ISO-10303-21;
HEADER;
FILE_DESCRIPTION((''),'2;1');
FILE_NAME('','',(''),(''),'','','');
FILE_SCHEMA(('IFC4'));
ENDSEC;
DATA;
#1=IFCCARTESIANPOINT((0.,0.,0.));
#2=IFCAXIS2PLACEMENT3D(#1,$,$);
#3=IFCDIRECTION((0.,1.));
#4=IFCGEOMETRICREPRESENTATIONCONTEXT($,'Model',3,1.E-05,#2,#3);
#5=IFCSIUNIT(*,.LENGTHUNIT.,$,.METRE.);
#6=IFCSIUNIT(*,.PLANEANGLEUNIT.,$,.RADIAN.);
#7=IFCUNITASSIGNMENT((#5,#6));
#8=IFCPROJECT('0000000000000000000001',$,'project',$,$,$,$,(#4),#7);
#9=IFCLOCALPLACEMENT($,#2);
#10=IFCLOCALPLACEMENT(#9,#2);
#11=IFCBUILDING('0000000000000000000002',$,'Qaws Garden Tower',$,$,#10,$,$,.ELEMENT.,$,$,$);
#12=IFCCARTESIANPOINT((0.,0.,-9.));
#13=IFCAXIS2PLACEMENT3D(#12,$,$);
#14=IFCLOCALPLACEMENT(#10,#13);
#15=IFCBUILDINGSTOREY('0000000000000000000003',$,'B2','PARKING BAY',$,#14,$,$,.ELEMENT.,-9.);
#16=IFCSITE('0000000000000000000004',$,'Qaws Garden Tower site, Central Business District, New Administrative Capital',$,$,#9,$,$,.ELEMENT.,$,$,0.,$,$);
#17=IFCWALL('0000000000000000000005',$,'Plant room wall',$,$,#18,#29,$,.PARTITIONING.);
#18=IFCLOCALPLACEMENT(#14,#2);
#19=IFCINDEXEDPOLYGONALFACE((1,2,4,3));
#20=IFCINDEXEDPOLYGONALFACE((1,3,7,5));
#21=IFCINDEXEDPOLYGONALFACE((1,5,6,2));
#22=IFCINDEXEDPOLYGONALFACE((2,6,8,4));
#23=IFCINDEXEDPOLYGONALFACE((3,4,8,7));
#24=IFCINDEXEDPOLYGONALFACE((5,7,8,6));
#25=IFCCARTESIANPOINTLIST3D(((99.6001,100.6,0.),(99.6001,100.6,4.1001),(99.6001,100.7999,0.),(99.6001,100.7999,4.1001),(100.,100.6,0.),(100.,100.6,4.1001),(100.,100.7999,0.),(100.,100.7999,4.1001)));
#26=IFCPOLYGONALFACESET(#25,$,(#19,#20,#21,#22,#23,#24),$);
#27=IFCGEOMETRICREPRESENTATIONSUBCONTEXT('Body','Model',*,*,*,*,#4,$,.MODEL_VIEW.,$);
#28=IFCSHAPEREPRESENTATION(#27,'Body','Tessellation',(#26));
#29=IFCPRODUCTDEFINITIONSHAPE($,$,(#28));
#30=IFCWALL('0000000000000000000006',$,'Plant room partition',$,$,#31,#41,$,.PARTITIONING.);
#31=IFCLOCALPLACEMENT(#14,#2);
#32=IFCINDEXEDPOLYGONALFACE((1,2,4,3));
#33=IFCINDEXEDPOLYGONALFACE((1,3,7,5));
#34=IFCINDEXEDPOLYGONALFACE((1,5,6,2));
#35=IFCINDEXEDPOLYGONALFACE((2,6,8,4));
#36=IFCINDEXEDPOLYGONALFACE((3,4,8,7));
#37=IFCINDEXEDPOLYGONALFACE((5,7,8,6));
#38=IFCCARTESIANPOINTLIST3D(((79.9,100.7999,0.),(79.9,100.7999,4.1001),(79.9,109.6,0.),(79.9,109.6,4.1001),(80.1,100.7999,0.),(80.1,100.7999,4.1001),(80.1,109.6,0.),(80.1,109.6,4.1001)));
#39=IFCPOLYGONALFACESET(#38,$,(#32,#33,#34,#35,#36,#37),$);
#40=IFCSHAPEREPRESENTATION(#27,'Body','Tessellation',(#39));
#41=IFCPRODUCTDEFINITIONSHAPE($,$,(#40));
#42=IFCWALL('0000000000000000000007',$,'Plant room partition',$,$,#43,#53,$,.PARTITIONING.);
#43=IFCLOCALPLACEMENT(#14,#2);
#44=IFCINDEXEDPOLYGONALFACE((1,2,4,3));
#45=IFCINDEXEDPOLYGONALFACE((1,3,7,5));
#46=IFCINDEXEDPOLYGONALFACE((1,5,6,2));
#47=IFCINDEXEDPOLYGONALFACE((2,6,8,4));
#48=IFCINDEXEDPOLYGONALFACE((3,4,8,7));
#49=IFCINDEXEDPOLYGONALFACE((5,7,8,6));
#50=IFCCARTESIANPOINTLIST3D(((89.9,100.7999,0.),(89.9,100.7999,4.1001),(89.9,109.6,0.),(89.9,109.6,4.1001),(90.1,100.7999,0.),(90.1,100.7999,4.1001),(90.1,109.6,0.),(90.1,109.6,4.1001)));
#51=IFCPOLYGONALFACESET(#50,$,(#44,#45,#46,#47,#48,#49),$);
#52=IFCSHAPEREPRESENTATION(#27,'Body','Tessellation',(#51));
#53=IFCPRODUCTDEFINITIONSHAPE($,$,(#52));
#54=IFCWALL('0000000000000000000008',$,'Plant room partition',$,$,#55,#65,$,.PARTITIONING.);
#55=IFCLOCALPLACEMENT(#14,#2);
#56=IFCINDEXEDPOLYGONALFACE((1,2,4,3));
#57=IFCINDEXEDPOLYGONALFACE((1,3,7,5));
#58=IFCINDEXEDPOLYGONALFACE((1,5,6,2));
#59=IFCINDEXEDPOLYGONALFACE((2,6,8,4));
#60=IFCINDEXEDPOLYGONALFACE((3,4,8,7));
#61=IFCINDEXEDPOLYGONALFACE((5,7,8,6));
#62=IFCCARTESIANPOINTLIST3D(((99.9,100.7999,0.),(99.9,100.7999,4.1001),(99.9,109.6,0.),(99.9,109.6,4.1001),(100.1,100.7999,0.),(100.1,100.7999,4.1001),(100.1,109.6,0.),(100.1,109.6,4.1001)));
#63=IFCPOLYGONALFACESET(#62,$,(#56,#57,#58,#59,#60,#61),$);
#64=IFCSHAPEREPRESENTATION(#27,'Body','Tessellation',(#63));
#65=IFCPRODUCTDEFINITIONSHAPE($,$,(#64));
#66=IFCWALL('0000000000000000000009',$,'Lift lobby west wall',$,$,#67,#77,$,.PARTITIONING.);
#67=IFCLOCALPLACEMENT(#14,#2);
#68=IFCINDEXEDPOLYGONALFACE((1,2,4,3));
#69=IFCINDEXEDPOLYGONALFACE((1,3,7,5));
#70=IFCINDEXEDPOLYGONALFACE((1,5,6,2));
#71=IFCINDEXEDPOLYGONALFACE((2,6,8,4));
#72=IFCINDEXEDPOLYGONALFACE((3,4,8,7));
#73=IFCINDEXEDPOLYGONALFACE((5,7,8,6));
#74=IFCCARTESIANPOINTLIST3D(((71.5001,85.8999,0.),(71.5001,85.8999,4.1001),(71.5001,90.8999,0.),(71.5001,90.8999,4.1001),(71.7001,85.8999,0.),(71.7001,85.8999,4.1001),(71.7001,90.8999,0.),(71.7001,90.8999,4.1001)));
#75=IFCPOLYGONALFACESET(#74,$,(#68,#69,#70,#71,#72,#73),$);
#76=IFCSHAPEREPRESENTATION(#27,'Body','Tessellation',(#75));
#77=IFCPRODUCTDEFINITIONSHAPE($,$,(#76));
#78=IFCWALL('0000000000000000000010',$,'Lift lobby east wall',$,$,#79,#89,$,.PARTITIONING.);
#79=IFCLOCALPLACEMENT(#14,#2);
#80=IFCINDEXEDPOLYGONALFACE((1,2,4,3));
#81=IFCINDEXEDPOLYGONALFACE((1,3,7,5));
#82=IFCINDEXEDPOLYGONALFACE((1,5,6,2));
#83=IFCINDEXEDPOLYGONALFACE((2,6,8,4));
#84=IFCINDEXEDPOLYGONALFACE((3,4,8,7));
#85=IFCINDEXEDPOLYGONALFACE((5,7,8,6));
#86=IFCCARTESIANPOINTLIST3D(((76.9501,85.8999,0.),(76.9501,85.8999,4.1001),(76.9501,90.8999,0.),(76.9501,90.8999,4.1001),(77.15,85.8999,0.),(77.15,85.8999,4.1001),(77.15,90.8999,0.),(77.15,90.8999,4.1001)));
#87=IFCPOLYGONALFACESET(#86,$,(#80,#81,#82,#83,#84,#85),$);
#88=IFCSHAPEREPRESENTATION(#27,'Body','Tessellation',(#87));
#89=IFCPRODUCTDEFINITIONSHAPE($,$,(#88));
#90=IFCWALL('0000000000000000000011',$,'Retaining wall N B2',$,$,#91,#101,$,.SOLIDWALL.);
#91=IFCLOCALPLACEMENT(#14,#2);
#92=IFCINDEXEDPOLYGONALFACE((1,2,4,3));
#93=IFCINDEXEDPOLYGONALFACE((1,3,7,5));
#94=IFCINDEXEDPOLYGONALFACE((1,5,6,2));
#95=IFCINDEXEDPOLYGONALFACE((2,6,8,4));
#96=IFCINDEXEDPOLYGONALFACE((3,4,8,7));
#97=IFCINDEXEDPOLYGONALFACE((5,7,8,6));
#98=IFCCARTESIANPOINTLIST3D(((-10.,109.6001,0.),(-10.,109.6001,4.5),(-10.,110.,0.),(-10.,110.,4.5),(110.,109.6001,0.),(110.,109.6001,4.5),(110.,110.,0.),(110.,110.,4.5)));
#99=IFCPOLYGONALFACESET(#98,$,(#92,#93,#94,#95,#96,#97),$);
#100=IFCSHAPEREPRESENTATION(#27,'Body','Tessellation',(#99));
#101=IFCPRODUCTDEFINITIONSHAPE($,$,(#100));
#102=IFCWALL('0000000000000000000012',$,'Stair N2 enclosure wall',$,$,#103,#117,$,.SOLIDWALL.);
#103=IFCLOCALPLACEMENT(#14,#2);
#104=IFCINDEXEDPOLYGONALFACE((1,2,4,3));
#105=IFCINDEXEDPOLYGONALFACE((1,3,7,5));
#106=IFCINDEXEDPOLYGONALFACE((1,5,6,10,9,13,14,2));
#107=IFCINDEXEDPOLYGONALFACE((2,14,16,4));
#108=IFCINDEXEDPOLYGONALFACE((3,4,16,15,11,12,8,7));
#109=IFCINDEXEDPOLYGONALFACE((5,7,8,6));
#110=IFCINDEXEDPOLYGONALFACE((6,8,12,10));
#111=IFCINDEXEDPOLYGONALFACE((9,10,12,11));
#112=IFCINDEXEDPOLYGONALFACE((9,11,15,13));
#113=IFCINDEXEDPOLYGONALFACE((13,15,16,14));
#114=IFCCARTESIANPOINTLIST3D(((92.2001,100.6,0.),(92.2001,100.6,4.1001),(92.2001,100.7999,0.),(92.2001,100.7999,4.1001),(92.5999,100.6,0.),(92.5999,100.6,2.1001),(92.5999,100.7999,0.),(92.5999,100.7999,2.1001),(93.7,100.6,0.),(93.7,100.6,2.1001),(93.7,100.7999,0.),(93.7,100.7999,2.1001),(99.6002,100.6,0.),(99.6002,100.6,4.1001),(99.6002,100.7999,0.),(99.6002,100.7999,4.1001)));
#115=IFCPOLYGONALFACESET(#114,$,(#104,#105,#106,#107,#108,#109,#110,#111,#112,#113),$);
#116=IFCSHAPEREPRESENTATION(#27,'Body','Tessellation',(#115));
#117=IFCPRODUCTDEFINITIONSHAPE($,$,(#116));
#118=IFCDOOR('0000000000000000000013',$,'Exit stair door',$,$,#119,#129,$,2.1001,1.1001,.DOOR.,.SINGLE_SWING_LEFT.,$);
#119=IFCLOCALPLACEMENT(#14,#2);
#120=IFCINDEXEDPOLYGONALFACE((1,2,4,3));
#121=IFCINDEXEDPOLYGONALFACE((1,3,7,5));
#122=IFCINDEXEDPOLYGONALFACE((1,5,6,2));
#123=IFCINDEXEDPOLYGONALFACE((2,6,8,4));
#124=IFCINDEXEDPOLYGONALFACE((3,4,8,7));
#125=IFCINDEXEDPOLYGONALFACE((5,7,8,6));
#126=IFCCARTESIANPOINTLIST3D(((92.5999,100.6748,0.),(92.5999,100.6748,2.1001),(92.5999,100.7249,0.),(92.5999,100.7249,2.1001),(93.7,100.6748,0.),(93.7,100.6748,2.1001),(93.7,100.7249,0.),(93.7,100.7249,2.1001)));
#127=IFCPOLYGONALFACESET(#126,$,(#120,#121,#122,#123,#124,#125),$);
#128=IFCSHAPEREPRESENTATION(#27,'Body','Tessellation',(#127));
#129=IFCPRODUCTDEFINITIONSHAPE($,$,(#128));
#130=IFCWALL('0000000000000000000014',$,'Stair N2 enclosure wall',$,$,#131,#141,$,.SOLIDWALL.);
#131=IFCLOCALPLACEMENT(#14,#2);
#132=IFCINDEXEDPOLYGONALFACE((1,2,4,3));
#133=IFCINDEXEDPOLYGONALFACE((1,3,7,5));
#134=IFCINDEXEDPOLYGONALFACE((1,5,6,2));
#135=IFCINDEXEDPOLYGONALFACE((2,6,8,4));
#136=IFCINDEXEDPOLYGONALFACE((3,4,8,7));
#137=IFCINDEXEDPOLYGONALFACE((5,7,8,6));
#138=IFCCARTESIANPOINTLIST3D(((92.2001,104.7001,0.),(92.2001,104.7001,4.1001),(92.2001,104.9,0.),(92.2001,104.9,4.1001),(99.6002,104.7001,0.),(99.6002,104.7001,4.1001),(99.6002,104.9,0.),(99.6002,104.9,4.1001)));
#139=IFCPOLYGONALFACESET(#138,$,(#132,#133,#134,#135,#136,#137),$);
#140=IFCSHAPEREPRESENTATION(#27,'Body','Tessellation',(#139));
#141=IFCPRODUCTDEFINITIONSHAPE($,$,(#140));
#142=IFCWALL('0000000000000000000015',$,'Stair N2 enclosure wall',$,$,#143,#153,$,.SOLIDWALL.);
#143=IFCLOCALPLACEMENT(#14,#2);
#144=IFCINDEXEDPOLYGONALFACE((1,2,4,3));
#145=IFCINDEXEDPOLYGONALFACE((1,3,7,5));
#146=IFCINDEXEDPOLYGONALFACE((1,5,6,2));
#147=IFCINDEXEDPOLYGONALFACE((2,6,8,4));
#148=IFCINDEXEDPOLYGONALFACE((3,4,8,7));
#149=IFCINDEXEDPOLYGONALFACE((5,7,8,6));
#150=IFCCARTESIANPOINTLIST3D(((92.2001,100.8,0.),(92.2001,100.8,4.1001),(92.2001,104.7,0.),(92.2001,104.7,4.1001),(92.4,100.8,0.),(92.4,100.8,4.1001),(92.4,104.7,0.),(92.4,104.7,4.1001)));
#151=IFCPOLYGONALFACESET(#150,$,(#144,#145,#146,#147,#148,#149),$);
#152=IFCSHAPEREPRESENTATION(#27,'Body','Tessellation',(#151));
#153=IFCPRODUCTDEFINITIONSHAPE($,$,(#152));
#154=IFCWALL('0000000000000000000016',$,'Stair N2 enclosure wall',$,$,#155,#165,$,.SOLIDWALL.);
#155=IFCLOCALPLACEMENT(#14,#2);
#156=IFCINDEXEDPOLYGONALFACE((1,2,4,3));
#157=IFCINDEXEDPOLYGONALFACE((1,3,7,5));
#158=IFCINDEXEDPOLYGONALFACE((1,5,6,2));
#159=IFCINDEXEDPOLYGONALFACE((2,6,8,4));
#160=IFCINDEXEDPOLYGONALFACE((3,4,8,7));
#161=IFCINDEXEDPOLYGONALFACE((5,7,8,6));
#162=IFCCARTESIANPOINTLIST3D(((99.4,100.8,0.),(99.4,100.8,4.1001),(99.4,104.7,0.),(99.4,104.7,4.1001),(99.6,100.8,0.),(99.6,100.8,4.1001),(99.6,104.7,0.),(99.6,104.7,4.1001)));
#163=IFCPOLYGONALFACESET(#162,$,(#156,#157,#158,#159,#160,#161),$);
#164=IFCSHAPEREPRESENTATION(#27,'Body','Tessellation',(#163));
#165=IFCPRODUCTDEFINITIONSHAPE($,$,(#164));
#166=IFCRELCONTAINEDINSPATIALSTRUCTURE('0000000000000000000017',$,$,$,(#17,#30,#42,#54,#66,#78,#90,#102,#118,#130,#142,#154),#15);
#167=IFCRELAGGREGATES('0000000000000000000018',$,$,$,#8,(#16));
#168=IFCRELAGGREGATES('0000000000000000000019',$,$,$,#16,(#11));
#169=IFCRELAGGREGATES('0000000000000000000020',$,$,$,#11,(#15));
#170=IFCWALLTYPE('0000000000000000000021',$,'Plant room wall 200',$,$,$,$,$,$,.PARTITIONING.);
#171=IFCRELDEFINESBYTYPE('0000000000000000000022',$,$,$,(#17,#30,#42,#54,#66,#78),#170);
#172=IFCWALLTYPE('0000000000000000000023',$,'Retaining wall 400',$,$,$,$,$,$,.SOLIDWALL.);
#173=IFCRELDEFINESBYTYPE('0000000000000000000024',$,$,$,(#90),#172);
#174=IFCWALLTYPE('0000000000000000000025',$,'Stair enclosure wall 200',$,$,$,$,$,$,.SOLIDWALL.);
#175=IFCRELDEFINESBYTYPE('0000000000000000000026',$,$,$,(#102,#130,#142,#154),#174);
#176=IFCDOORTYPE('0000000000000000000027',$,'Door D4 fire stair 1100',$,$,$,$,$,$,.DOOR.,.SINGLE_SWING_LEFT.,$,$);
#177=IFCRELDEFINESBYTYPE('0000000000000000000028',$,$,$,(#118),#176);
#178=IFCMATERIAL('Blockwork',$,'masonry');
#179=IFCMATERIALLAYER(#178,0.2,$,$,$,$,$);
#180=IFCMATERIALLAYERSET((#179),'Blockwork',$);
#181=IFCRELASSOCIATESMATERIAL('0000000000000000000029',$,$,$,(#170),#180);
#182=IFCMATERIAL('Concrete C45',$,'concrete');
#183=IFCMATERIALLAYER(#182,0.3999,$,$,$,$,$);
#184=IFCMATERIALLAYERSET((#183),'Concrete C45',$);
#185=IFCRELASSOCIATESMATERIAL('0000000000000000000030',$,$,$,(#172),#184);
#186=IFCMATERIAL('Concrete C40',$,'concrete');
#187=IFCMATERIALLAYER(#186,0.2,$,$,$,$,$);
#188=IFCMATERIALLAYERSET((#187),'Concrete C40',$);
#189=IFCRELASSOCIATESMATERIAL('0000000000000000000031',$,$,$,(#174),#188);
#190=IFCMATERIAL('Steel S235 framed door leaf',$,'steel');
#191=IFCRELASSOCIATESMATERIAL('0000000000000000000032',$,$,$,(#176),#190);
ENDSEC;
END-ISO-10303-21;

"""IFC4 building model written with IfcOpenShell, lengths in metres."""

from ifc_helpers import new_model, si_unit, direction, frame, frame_2d, origin, place, context, subcontext, project, spatial, rectangle, extrude, material, layer, layer_set, type_object, element, fill, save


model = new_model("IFC4")

# Units and contexts
model_context = context("Model", 3, precision=1e-05, world=origin(), true_north=direction((0.0, 1.0)))
body_context = subcontext(model_context, "Body", "Model", "MODEL_VIEW")
ifc_project = project(units=[si_unit("LENGTHUNIT", "METRE"), si_unit("PLANEANGLEUNIT", "RADIAN")], contexts=[model_context])

# Site, building, storey
site_placement = place(None, origin())
site = spatial("IfcSite", under=ifc_project, at=site_placement, Name="Qaws Garden Tower site, Central Business District, New Administrative Capital", CompositionType="ELEMENT", RefElevation=0.0)
building_placement = place(site_placement, origin())
building = spatial("IfcBuilding", under=site, at=building_placement, Name="Qaws Garden Tower", CompositionType="ELEMENT")
storey_placement = place(building_placement, frame((0.0, 0.0, -9.0)))
storey = spatial("IfcBuildingStorey", under=building, at=storey_placement, Name="B2", Description="PARKING BAY", CompositionType="ELEMENT", Elevation=-9.0)

# Walls
ifc_material_1 = material(Name="Blockwork", Category="masonry")
ifc_layer_1 = layer(ifc_material_1, 0.2)
ifc_layer_set_1 = layer_set([ifc_layer_1], Name="Blockwork")
wall_type_1 = type_object("IfcWallType", Name="Plant room wall 200", PredefinedType="PARTITIONING", material=ifc_layer_set_1)
wall_1_placement = place(storey_placement, frame((99.6001, 100.7, 0.0), z_axis=(0.0, 0.0, 1.0), x_axis=(1.0, 0.0, 0.0)))
element("IfcWall", 1, at=wall_1_placement, inside=storey, type_object=wall_type_1, Name="Plant room wall", PredefinedType="PARTITIONING", context=body_context, shape_type="SweptSolid", body=[
    extrude(rectangle(XDim=0.3999, YDim=0.2, at=frame_2d((0.2, 0.0))), origin(), (0.0, 0.0, 1.0), 4.1001),
])
for number, where, z_axis, x_axis, name in (
    (2, (80.0, 100.8, 0.0), (0.0, 0.0, 1.0), (0.0, 1.0, 0.0), "Plant room partition"),
    (3, (90.0, 100.8, 0.0), (0.0, 0.0, 1.0), (0.0, 1.0, 0.0), "Plant room partition"),
    (4, (100.0, 100.8, 0.0), (0.0, 0.0, 1.0), (0.0, 1.0, 0.0), "Plant room partition"),
):
    element("IfcWall", number, at=place(storey_placement, frame(where, z_axis=z_axis, x_axis=x_axis)), inside=storey, type_object=wall_type_1, Name=name, PredefinedType="PARTITIONING", context=body_context, shape_type="SweptSolid", body=[
        extrude(rectangle(XDim=8.8, YDim=0.2, at=frame_2d((4.3999, 0.0))), origin(), (0.0, 0.0, 1.0), 4.1001),
    ])
for number, where, z_axis, x_axis, name in (
    (5, (71.6001, 85.8999, 0.0), (0.0, 0.0, 1.0), (0.0, 1.0, 0.0), "Lift lobby west wall"),
    (6, (77.05, 85.8999, 0.0), (0.0, 0.0, 1.0), (0.0, 1.0, 0.0), "Lift lobby east wall"),
):
    element("IfcWall", number, at=place(storey_placement, frame(where, z_axis=z_axis, x_axis=x_axis)), inside=storey, type_object=wall_type_1, Name=name, PredefinedType="PARTITIONING", context=body_context, shape_type="SweptSolid", body=[
        extrude(rectangle(XDim=5.0, YDim=0.2, at=frame_2d((2.5, 0.0))), origin(), (0.0, 0.0, 1.0), 4.1001),
    ])
ifc_material_2 = material(Name="Concrete C45", Category="concrete")
ifc_layer_2 = layer(ifc_material_2, 0.3999)
ifc_layer_set_2 = layer_set([ifc_layer_2], Name="Concrete C45")
wall_type_2 = type_object("IfcWallType", Name="Retaining wall 400", PredefinedType="SOLIDWALL", material=ifc_layer_set_2)
wall_2_placement = place(storey_placement, frame((110.0, 109.8, 0.0), z_axis=(0.0, 0.0, 1.0), x_axis=(-1.0, 0.0, 0.0)))
element("IfcWall", 7, at=wall_2_placement, inside=storey, type_object=wall_type_2, Name="Retaining wall N B2", PredefinedType="SOLIDWALL", context=body_context, shape_type="SweptSolid", body=[
    extrude(rectangle(XDim=120.0, YDim=0.3999, at=frame_2d((60.0, 0.0))), origin(), (0.0, 0.0, 1.0), 4.5),
])

# Wall, opening, door
ifc_material_3 = material(Name="Concrete C40", Category="concrete")
ifc_layer_3 = layer(ifc_material_3, 0.2)
ifc_layer_set_3 = layer_set([ifc_layer_3], Name="Concrete C40")
wall_type_3 = type_object("IfcWallType", Name="Stair enclosure wall 200", PredefinedType="SOLIDWALL", material=ifc_layer_set_3)
wall_3_placement = place(storey_placement, frame((92.2, 100.7, 0.0), z_axis=(0.0, 0.0, 1.0), x_axis=(1.0, 0.0, 0.0)))
wall_3 = element("IfcWall", 8, at=wall_3_placement, inside=storey, type_object=wall_type_3, Name="Stair N2 enclosure wall", PredefinedType="SOLIDWALL", context=body_context, shape_type="SweptSolid", body=[
    extrude(rectangle(XDim=7.4001, YDim=0.2, at=frame_2d((3.7002, 0.0))), origin(), (0.0, 0.0, 1.0), 4.1001),
])
opening_placement = place(wall_3_placement, frame((0.3999, 0.0, 0.0)))
opening = element("IfcOpeningElement", 9, at=opening_placement, cuts=wall_3, PredefinedType="OPENING", context=body_context, shape_type="SweptSolid", body=[
    extrude(rectangle(XDim=1.1001, YDim=2.1001, at=frame_2d((0.55, 1.05))), frame((0.0, 0.1099, 0.0), z_axis=(0.0, -1.0, 0.0), x_axis=(1.0, 0.0, 0.0)), (0.0, 0.0, 1.0), 0.22),
])
ifc_material_4 = material(Name="Steel S235 framed door leaf", Category="steel")
door_type = type_object("IfcDoorType", Name="Door D4 fire stair 1100", OperationType="SINGLE_SWING_LEFT", PredefinedType="DOOR", material=ifc_material_4)
door_placement = place(opening_placement, origin())
door = element("IfcDoor", 10, at=door_placement, inside=storey, type_object=door_type, Name="Exit stair door", OperationType="SINGLE_SWING_LEFT", OverallHeight=2.1001, OverallWidth=1.1001, PredefinedType="DOOR", context=body_context, shape_type="SweptSolid", body=[
    extrude(rectangle(XDim=1.1001, YDim=2.1001, at=frame_2d((0.55, 1.05))), frame((0.0, 0.0249, 0.0), z_axis=(0.0, -1.0, 0.0), x_axis=(1.0, 0.0, 0.0)), (0.0, 0.0, 1.0), 0.05),
])
fill(opening, door)

# Walls
wall_4_placement = place(storey_placement, frame((92.2, 104.8, 0.0), z_axis=(0.0, 0.0, 1.0), x_axis=(1.0, 0.0, 0.0)))
element("IfcWall", 11, at=wall_4_placement, inside=storey, type_object=wall_type_3, Name="Stair N2 enclosure wall", PredefinedType="SOLIDWALL", context=body_context, shape_type="SweptSolid", body=[
    extrude(rectangle(XDim=7.4001, YDim=0.2, at=frame_2d((3.7002, 0.0))), origin(), (0.0, 0.0, 1.0), 4.1001),
])
for number, where, z_axis, x_axis, name in (
    (12, (92.3, 100.8, 0.0), (0.0, 0.0, 1.0), (0.0, 1.0, 0.0), "Stair N2 enclosure wall"),
    (13, (99.5, 100.8, 0.0), (0.0, 0.0, 1.0), (0.0, 1.0, 0.0), "Stair N2 enclosure wall"),
):
    element("IfcWall", number, at=place(storey_placement, frame(where, z_axis=z_axis, x_axis=x_axis)), inside=storey, type_object=wall_type_3, Name=name, PredefinedType="SOLIDWALL", context=body_context, shape_type="SweptSolid", body=[
        extrude(rectangle(XDim=3.8999, YDim=0.2, at=frame_2d((1.95, 0.0))), origin(), (0.0, 0.0, 1.0), 4.1001),
    ])

save(model, "model.ifc")
